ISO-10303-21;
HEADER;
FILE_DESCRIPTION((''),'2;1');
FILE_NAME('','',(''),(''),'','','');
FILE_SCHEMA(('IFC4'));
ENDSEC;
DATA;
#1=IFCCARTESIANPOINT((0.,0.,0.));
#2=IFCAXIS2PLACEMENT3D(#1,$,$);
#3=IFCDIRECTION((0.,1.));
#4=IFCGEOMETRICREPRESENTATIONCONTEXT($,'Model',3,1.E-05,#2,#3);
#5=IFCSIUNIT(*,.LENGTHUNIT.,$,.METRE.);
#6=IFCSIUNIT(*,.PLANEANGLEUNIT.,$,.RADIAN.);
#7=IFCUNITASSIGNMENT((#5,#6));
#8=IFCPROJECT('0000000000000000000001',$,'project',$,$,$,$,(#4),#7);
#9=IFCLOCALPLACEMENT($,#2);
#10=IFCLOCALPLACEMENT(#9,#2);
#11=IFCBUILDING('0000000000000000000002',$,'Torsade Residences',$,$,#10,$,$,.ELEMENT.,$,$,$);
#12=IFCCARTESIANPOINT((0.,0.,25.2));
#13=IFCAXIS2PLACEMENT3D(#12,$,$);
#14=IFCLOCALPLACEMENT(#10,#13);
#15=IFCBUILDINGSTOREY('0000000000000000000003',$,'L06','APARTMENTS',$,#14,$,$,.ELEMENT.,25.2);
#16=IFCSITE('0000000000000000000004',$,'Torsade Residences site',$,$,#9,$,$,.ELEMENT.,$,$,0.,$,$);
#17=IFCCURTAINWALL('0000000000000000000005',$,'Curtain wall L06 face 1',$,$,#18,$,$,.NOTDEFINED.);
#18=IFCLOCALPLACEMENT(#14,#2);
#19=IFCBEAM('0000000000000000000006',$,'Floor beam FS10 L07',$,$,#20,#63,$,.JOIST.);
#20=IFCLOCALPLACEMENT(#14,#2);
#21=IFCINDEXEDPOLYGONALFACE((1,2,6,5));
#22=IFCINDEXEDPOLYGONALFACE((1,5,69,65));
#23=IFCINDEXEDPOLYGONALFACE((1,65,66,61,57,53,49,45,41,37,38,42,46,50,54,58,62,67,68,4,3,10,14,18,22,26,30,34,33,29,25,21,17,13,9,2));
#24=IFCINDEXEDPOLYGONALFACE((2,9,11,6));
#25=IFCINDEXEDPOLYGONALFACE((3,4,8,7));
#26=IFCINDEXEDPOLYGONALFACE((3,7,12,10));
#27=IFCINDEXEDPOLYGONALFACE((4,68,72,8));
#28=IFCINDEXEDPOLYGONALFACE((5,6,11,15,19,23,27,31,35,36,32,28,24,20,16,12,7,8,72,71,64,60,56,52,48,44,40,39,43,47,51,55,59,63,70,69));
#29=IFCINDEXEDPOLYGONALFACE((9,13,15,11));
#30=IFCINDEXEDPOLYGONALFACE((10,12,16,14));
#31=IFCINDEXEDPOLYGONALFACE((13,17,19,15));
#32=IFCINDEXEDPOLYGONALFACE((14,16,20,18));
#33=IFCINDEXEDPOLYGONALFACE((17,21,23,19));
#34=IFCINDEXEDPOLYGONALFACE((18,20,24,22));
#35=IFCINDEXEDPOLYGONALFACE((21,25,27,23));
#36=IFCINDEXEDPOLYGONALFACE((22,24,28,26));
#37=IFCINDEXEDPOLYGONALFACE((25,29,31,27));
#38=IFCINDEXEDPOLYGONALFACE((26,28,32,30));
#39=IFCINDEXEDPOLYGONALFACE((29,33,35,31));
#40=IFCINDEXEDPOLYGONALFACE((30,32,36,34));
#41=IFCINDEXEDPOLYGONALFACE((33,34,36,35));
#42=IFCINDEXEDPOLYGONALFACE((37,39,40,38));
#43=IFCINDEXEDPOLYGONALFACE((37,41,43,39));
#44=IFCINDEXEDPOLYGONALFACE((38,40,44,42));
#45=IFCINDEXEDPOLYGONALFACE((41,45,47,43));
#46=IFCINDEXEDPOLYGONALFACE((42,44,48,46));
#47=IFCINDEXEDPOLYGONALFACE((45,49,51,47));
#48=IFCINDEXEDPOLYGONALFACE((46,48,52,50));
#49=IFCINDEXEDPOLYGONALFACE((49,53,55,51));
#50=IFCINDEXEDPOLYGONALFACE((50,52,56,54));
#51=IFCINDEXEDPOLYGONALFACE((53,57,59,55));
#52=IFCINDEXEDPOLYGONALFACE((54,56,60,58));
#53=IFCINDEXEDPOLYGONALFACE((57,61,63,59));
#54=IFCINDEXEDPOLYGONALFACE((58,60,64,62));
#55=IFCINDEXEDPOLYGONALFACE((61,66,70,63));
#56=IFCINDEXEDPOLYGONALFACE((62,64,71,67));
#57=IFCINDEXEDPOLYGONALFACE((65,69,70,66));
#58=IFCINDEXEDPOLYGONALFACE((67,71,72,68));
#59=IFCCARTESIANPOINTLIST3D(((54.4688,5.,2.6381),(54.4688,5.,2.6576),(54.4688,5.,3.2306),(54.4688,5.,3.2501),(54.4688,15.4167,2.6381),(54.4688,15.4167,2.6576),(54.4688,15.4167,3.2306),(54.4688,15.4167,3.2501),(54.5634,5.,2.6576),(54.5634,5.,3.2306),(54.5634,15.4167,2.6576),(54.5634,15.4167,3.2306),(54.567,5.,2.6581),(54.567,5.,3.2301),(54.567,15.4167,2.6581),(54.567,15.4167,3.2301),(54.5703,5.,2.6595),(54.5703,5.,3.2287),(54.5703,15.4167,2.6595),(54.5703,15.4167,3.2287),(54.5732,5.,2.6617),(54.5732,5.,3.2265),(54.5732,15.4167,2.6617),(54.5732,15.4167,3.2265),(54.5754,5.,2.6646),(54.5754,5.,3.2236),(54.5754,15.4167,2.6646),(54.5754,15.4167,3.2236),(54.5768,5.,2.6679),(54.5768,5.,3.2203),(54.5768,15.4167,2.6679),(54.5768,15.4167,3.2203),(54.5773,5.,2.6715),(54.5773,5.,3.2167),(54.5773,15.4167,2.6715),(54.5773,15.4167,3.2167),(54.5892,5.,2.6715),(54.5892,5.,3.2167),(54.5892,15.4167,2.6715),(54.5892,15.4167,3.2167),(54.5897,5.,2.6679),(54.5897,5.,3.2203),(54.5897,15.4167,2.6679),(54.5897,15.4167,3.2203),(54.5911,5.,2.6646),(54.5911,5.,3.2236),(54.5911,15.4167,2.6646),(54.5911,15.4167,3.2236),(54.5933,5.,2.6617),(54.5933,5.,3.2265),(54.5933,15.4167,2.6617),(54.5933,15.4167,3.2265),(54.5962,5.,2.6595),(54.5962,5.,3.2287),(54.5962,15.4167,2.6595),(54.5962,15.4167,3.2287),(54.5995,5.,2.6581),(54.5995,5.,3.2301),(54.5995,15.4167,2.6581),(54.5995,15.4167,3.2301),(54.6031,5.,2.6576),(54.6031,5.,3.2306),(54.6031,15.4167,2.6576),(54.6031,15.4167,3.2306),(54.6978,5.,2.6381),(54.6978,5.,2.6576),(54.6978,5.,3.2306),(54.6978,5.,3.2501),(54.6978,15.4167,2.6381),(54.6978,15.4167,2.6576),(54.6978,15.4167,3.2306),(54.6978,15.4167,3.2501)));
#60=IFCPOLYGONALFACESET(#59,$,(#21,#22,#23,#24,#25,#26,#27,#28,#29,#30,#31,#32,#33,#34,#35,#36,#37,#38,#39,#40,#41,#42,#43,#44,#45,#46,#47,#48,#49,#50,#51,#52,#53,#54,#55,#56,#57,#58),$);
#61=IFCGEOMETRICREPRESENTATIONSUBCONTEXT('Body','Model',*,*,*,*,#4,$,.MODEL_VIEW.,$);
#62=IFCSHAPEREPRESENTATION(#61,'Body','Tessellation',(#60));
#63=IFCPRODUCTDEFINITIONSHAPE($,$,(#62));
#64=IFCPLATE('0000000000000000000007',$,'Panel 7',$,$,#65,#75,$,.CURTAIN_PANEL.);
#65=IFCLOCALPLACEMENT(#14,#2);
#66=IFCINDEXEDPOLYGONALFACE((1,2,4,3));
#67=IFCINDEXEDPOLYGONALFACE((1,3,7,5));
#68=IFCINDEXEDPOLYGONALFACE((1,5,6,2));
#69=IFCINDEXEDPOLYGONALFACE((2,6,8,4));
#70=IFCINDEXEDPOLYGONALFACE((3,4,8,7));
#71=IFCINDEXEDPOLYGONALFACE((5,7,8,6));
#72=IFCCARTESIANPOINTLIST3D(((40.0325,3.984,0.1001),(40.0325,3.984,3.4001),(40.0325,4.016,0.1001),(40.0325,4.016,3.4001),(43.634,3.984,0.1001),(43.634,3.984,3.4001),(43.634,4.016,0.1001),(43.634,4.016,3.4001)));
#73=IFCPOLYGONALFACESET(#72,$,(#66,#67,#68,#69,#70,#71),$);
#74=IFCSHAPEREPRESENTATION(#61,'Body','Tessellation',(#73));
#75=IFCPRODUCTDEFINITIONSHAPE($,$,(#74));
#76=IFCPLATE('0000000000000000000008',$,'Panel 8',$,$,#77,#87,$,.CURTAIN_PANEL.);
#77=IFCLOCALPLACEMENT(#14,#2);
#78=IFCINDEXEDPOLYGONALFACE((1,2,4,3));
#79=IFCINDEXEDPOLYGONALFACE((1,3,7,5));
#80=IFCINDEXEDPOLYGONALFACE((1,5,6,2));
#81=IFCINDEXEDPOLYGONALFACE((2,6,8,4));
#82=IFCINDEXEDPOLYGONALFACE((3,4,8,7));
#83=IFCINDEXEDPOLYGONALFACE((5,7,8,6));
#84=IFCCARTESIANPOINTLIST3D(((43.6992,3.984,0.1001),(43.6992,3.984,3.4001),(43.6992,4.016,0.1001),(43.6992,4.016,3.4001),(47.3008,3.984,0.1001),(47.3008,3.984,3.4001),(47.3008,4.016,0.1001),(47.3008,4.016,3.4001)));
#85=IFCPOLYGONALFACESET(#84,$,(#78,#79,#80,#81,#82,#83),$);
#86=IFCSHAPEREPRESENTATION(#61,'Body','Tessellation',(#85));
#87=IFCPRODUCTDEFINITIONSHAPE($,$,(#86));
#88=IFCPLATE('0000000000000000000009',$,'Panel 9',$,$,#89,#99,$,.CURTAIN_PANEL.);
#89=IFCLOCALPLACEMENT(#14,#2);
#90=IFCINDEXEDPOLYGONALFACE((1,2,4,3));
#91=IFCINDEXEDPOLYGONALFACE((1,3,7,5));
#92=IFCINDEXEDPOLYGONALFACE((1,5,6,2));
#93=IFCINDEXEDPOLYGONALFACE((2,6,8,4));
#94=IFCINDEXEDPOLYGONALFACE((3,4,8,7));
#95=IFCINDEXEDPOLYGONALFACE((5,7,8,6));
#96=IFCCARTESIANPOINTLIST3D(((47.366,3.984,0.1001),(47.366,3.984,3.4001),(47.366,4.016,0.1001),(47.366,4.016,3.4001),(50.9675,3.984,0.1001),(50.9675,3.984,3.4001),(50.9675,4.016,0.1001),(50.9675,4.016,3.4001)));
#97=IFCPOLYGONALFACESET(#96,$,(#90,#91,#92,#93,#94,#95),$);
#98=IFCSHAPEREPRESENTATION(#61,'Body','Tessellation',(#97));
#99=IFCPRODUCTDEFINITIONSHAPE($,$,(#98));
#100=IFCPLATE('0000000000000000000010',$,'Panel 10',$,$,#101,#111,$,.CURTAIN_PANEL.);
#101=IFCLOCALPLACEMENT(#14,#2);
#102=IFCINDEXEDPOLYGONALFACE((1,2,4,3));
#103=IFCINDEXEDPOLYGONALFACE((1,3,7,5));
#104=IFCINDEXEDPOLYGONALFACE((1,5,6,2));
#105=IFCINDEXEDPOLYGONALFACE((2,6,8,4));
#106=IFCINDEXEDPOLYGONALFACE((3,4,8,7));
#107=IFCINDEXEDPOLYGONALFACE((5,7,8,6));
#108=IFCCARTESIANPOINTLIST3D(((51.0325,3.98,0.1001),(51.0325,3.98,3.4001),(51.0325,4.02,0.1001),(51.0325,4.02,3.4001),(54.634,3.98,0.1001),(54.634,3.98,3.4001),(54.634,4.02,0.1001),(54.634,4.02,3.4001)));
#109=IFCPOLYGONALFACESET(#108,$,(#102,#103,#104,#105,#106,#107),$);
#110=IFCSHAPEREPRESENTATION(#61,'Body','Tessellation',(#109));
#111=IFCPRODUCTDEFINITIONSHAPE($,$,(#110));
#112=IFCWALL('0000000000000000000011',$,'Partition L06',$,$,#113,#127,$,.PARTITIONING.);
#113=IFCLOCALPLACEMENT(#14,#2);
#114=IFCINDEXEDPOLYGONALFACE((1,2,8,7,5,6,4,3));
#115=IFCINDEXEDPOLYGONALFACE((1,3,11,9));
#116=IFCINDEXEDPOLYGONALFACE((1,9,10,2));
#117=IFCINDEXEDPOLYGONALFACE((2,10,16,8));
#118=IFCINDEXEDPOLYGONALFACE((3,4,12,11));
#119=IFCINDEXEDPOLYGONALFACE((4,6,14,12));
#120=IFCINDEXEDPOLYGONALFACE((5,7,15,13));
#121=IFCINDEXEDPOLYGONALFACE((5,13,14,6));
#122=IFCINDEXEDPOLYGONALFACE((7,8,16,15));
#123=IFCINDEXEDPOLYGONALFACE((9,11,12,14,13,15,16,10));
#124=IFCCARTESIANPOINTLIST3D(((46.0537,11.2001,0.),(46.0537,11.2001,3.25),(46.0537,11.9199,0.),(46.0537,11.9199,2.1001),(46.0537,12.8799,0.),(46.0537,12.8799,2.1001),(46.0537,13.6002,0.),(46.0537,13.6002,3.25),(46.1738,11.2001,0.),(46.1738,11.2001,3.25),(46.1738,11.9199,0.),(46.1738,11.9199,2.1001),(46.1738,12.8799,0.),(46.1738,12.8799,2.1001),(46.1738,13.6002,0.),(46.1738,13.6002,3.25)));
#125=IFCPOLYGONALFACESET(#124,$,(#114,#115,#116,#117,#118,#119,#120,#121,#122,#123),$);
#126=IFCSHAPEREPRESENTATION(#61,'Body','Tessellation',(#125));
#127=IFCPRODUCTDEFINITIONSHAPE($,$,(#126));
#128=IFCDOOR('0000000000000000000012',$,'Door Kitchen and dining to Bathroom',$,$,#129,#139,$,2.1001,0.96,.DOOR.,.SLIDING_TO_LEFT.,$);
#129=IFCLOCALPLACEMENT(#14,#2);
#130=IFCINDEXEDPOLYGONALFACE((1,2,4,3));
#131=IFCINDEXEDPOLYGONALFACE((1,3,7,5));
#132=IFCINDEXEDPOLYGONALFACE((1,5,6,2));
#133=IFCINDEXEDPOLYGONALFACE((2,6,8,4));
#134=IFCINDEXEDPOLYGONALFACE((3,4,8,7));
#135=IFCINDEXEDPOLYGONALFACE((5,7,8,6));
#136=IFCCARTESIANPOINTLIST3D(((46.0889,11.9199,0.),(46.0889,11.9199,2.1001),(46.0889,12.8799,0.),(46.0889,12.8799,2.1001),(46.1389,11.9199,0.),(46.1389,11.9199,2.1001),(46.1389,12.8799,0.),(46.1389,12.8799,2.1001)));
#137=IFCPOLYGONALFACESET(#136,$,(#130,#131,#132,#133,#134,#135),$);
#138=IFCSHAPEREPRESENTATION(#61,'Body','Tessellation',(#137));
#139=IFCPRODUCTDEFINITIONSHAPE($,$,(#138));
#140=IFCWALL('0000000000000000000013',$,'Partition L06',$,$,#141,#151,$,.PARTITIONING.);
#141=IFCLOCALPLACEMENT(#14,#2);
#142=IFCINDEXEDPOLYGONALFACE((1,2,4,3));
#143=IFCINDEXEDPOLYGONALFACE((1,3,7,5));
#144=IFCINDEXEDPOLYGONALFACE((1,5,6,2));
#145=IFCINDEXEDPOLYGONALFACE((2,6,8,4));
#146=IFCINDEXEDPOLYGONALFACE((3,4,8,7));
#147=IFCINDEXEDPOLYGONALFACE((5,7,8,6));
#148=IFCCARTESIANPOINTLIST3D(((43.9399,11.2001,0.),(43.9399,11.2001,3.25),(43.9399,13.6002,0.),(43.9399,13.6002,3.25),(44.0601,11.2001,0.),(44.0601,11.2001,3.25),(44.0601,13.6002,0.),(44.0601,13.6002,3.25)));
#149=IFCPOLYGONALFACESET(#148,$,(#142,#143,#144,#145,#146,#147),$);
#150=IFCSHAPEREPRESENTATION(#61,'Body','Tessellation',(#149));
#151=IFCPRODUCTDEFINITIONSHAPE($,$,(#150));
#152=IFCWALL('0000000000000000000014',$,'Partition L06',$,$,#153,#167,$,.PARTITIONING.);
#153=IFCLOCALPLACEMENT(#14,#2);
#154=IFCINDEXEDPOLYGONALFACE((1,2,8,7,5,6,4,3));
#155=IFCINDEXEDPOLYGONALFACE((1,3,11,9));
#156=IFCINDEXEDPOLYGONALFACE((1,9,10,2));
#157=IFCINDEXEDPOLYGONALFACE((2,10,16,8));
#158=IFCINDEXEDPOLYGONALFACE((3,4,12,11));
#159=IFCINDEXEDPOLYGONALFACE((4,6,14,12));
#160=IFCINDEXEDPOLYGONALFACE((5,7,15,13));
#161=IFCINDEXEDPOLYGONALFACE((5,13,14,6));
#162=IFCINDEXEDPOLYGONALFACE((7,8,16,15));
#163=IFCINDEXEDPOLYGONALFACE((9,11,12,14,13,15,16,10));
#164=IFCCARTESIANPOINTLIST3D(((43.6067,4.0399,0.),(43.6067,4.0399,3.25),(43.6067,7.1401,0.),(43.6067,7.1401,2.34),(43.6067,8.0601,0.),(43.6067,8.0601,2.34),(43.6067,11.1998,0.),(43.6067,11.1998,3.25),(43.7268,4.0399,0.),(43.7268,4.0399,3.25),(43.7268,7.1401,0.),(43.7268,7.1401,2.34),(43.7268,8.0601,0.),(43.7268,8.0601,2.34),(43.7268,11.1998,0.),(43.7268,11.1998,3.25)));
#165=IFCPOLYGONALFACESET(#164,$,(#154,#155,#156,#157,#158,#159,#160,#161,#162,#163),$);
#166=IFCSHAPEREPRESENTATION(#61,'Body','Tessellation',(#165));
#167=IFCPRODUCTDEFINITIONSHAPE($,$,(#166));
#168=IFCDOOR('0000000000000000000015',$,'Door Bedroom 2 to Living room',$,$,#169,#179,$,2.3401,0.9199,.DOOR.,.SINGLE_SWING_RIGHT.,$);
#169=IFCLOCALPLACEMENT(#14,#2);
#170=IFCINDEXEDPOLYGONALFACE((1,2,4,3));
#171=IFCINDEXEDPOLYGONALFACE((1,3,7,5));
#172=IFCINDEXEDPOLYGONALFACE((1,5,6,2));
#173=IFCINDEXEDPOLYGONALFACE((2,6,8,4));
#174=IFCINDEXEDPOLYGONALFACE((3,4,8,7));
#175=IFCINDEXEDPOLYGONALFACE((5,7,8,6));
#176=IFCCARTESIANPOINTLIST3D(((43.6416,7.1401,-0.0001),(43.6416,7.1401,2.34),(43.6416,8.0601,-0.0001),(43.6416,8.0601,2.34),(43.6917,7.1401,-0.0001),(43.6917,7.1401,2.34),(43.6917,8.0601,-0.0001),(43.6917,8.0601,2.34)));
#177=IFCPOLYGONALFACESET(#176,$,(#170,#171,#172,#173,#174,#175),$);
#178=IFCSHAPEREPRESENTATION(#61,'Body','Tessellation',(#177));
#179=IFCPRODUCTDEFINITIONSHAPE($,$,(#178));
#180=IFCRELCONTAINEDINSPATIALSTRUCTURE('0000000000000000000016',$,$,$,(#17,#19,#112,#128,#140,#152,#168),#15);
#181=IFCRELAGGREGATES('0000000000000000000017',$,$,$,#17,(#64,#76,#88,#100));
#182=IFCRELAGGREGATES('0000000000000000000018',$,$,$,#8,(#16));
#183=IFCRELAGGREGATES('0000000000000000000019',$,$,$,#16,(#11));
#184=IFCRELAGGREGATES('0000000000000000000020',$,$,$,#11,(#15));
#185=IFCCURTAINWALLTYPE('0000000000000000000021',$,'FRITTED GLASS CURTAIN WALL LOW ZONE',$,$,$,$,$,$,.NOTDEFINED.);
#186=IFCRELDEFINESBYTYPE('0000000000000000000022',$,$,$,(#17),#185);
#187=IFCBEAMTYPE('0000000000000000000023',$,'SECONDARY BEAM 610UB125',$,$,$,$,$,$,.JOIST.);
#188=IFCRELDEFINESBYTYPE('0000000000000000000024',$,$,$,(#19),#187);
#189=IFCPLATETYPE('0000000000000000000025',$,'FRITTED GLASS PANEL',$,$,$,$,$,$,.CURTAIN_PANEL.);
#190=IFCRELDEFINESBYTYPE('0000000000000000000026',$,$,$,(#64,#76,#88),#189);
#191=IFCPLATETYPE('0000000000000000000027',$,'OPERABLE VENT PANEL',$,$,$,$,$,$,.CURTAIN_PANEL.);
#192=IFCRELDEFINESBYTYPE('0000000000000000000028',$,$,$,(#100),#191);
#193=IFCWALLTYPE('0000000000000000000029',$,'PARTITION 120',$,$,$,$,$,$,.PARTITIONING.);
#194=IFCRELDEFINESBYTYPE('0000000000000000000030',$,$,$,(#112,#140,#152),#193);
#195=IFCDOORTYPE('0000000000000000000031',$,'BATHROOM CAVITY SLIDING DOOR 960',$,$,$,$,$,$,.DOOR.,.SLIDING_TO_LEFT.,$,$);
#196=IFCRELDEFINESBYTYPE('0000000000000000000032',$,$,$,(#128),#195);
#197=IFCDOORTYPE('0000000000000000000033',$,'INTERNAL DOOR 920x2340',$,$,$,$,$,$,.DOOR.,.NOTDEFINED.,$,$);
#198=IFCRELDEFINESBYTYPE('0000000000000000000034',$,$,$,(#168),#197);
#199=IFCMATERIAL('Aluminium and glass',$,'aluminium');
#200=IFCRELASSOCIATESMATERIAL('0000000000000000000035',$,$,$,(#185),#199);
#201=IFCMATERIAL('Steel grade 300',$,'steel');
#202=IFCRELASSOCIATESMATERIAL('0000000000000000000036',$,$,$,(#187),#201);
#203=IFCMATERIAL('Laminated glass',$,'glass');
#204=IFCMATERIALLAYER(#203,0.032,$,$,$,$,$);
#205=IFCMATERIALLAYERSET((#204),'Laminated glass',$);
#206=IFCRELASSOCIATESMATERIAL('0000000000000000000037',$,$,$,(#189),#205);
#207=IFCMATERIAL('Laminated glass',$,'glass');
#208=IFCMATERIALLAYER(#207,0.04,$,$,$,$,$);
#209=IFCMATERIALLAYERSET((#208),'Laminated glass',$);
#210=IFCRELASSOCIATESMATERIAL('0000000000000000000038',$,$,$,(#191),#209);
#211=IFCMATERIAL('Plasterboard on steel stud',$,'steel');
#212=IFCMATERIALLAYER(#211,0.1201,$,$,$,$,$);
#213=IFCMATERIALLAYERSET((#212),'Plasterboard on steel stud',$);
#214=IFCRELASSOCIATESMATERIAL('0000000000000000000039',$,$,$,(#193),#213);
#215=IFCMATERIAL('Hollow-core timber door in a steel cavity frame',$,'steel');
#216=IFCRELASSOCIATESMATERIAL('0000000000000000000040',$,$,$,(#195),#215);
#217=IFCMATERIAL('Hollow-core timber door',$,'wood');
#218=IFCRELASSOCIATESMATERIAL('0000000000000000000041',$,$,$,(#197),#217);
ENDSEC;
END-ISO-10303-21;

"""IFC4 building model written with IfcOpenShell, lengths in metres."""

from ifc_helpers import new_model, si_unit, direction, frame, frame_2d, origin, origin_2d, place, context, subcontext, project, spatial, rectangle, i_section, extrude, material, layer, layer_set, material_profile, profile_set, type_object, element, fill, aggregate, save


model = new_model("IFC4")

# Units and contexts
model_context = context("Model", 3, precision=1e-05, world=origin(), true_north=direction((0.0, 1.0)))
body_context = subcontext(model_context, "Body", "Model", "MODEL_VIEW")
ifc_project = project(units=[si_unit("LENGTHUNIT", "METRE"), si_unit("PLANEANGLEUNIT", "RADIAN")], contexts=[model_context])

# Site, building, storey
site_placement = place(None, origin())
site = spatial("IfcSite", under=ifc_project, at=site_placement, Name="Torsade Residences site", CompositionType="ELEMENT", RefElevation=0.0)
building_placement = place(site_placement, origin())
building = spatial("IfcBuilding", under=site, at=building_placement, Name="Torsade Residences", CompositionType="ELEMENT")
storey_placement = place(building_placement, frame((0.0, 0.0, 25.2)))
storey = spatial("IfcBuildingStorey", under=building, at=storey_placement, Name="L06", Description="APARTMENTS", CompositionType="ELEMENT", Elevation=25.2)

# Curtain wall
ifc_material_1 = material(Name="Aluminium and glass", Category="aluminium")
curtain_wall_type = type_object("IfcCurtainWallType", Name="FRITTED GLASS CURTAIN WALL LOW ZONE", PredefinedType="NOTDEFINED", material=ifc_material_1)
curtain_wall_placement = place(storey_placement, origin())
curtain_wall = element("IfcCurtainWall", 1, at=curtain_wall_placement, inside=storey, type_object=curtain_wall_type, Name="Curtain wall L06 face 1", PredefinedType="NOTDEFINED")

# Beam
ifc_material_2 = material(Name="Steel grade 300", Category="steel")
ifc_material_profile_1 = material_profile(ifc_material_2, i_section(OverallWidth=0.229, OverallDepth=0.6121, WebThickness=0.012, FlangeThickness=0.0195, FilletRadius=0.0139, at=origin_2d()), Name="610UB125")
ifc_profile_set_1 = profile_set([ifc_material_profile_1], Name="Steel grade 300")
beam_type_1 = type_object("IfcBeamType", Name="SECONDARY BEAM 610UB125", PredefinedType="JOIST", material=ifc_profile_set_1)
beam_1_placement = place(storey_placement, frame((54.5833, 5.0, 2.9441), z_axis=(0.0, 1.0, 0.0), x_axis=(-1.0, 0.0, 0.0)))
element("IfcBeam", 2, at=beam_1_placement, inside=storey, type_object=beam_type_1, Name="Floor beam FS10 L07", PredefinedType="JOIST", context=body_context, shape_type="SweptSolid", body=[
    extrude(i_section(OverallWidth=0.229, OverallDepth=0.6121, WebThickness=0.012, FlangeThickness=0.0195, FilletRadius=0.0139, at=origin_2d()), origin(), (0.0, 0.0, 1.0), 10.4167),
])

# Plates
ifc_material_3 = material(Name="Laminated glass", Category="glass")
ifc_layer_1 = layer(ifc_material_3, 0.032)
ifc_layer_set_1 = layer_set([ifc_layer_1], Name="Laminated glass")
plate_type_1 = type_object("IfcPlateType", Name="FRITTED GLASS PANEL", PredefinedType="CURTAIN_PANEL", material=ifc_layer_set_1)
plate_1_placement = place(storey_placement, frame((41.8333, 4.0, 0.1001), z_axis=(0.0, 0.0, 1.0), x_axis=(1.0, 0.0, 0.0)))
plate_1 = element("IfcPlate", 3, at=plate_1_placement, type_object=plate_type_1, Name="Panel 7", PredefinedType="CURTAIN_PANEL", context=body_context, shape_type="SweptSolid", body=[
    extrude(rectangle(XDim=3.6016, YDim=0.032, at=origin_2d()), origin(), (0.0, 0.0, 1.0), 3.3),
])
plate_2_placement = place(storey_placement, frame((45.5, 4.0, 0.1001), z_axis=(0.0, 0.0, 1.0), x_axis=(1.0, 0.0, 0.0)))
plate_2 = element("IfcPlate", 4, at=plate_2_placement, type_object=plate_type_1, Name="Panel 8", PredefinedType="CURTAIN_PANEL", context=body_context, shape_type="SweptSolid", body=[
    extrude(rectangle(XDim=3.6016, YDim=0.032, at=origin_2d()), origin(), (0.0, 0.0, 1.0), 3.3),
])
plate_3_placement = place(storey_placement, frame((49.1667, 4.0, 0.1001), z_axis=(0.0, 0.0, 1.0), x_axis=(1.0, 0.0, 0.0)))
plate_3 = element("IfcPlate", 5, at=plate_3_placement, type_object=plate_type_1, Name="Panel 9", PredefinedType="CURTAIN_PANEL", context=body_context, shape_type="SweptSolid", body=[
    extrude(rectangle(XDim=3.6016, YDim=0.032, at=origin_2d()), origin(), (0.0, 0.0, 1.0), 3.3),
])
ifc_material_4 = material(Name="Laminated glass", Category="glass")
ifc_layer_2 = layer(ifc_material_4, 0.04)
ifc_layer_set_2 = layer_set([ifc_layer_2], Name="Laminated glass")
plate_type_2 = type_object("IfcPlateType", Name="OPERABLE VENT PANEL", PredefinedType="CURTAIN_PANEL", material=ifc_layer_set_2)
plate_4_placement = place(storey_placement, frame((52.8333, 4.0, 0.1001), z_axis=(0.0, 0.0, 1.0), x_axis=(1.0, 0.0, 0.0)))
plate_4 = element("IfcPlate", 6, at=plate_4_placement, type_object=plate_type_2, Name="Panel 10", PredefinedType="CURTAIN_PANEL", context=body_context, shape_type="SweptSolid", body=[
    extrude(rectangle(XDim=3.6016, YDim=0.04, at=origin_2d()), origin(), (0.0, 0.0, 1.0), 3.3),
])
aggregate(curtain_wall, [plate_1, plate_2, plate_3, plate_4])

# Wall, opening, door
ifc_material_5 = material(Name="Plasterboard on steel stud", Category="steel")
ifc_layer_3 = layer(ifc_material_5, 0.1201)
ifc_layer_set_3 = layer_set([ifc_layer_3], Name="Plasterboard on steel stud")
wall_type_1 = type_object("IfcWallType", Name="PARTITION 120", PredefinedType="PARTITIONING", material=ifc_layer_set_3)
wall_1_placement = place(storey_placement, frame((46.1138, 11.2, 0.0), z_axis=(0.0, 0.0, 1.0), x_axis=(0.0, 1.0, 0.0)))
wall_1 = element("IfcWall", 7, at=wall_1_placement, inside=storey, type_object=wall_type_1, Name="Partition L06", PredefinedType="PARTITIONING", context=body_context, shape_type="SweptSolid", body=[
    extrude(rectangle(XDim=2.4001, YDim=0.1201, at=frame_2d((1.2002, 0.0))), origin(), (0.0, 0.0, 1.0), 3.25),
])
opening_1_placement = place(wall_1_placement, frame((0.72, 0.0, 0.0)))
opening_1 = element("IfcOpeningElement", 8, at=opening_1_placement, cuts=wall_1, PredefinedType="OPENING", context=body_context, shape_type="SweptSolid", body=[
    extrude(rectangle(XDim=0.96, YDim=2.1001, at=frame_2d((0.48, 1.05))), frame((0.0, 0.0701, 0.0), z_axis=(0.0, -1.0, 0.0), x_axis=(1.0, 0.0, 0.0)), (0.0, 0.0, 1.0), 0.1401),
])
ifc_material_6 = material(Name="Hollow-core timber door in a steel cavity frame", Category="steel")
door_type_1 = type_object("IfcDoorType", Name="BATHROOM CAVITY SLIDING DOOR 960", OperationType="SLIDING_TO_LEFT", PredefinedType="DOOR", material=ifc_material_6)
door_1_placement = place(opening_1_placement, origin())
door_1 = element("IfcDoor", 9, at=door_1_placement, inside=storey, type_object=door_type_1, Name="Door Kitchen and dining to Bathroom", OperationType="SLIDING_TO_LEFT", OverallHeight=2.1001, OverallWidth=0.96, PredefinedType="DOOR", context=body_context, shape_type="SweptSolid", body=[
    extrude(rectangle(XDim=0.96, YDim=2.1001, at=frame_2d((0.48, 1.05))), frame((0.0, 0.0249, 0.0), z_axis=(0.0, -1.0, 0.0), x_axis=(1.0, 0.0, 0.0)), (0.0, 0.0, 1.0), 0.05),
])
fill(opening_1, door_1)

# Wall
wall_2_placement = place(storey_placement, frame((44.0, 11.2, 0.0), z_axis=(0.0, 0.0, 1.0), x_axis=(0.0, 1.0, 0.0)))
element("IfcWall", 10, at=wall_2_placement, inside=storey, type_object=wall_type_1, Name="Partition L06", PredefinedType="PARTITIONING", context=body_context, shape_type="SweptSolid", body=[
    extrude(rectangle(XDim=2.4001, YDim=0.1201, at=frame_2d((1.2002, 0.0))), origin(), (0.0, 0.0, 1.0), 3.25),
])

# Wall, opening, door
wall_3_placement = place(storey_placement, frame((43.6667, 11.2, 0.0), z_axis=(0.0, 0.0, 1.0), x_axis=(0.0, -1.0, 0.0)))
wall_3 = element("IfcWall", 11, at=wall_3_placement, inside=storey, type_object=wall_type_1, Name="Partition L06", PredefinedType="PARTITIONING", context=body_context, shape_type="SweptSolid", body=[
    extrude(rectangle(XDim=7.1599, YDim=0.1201, at=frame_2d((3.5801, 0.0))), origin(), (0.0, 0.0, 1.0), 3.25),
])
opening_2_placement = place(wall_3_placement, frame((3.1399, 0.0, 0.0)))
opening_2 = element("IfcOpeningElement", 12, at=opening_2_placement, cuts=wall_3, PredefinedType="OPENING", context=body_context, shape_type="SweptSolid", body=[
    extrude(rectangle(XDim=0.9199, YDim=2.3401, at=frame_2d((0.46, 1.1699))), frame((0.0, 0.0701, 0.0), z_axis=(0.0, -1.0, 0.0), x_axis=(1.0, 0.0, 0.0)), (0.0, 0.0, 1.0), 0.1401),
])
ifc_material_7 = material(Name="Hollow-core timber door", Category="wood")
door_type_2 = type_object("IfcDoorType", Name="INTERNAL DOOR 920x2340", OperationType="NOTDEFINED", PredefinedType="DOOR", material=ifc_material_7)
door_2_placement = place(opening_2_placement, origin())
door_2 = element("IfcDoor", 13, at=door_2_placement, inside=storey, type_object=door_type_2, Name="Door Bedroom 2 to Living room", OperationType="SINGLE_SWING_RIGHT", OverallHeight=2.3401, OverallWidth=0.9199, PredefinedType="DOOR", context=body_context, shape_type="SweptSolid", body=[
    extrude(rectangle(XDim=0.9199, YDim=2.3401, at=frame_2d((0.46, 1.1699))), frame((0.0, 0.0249, 0.0), z_axis=(0.0, -1.0, 0.0), x_axis=(1.0, 0.0, 0.0)), (0.0, 0.0, 1.0), 0.05),
])
fill(opening_2, door_2)

save(model, "model.ifc")
